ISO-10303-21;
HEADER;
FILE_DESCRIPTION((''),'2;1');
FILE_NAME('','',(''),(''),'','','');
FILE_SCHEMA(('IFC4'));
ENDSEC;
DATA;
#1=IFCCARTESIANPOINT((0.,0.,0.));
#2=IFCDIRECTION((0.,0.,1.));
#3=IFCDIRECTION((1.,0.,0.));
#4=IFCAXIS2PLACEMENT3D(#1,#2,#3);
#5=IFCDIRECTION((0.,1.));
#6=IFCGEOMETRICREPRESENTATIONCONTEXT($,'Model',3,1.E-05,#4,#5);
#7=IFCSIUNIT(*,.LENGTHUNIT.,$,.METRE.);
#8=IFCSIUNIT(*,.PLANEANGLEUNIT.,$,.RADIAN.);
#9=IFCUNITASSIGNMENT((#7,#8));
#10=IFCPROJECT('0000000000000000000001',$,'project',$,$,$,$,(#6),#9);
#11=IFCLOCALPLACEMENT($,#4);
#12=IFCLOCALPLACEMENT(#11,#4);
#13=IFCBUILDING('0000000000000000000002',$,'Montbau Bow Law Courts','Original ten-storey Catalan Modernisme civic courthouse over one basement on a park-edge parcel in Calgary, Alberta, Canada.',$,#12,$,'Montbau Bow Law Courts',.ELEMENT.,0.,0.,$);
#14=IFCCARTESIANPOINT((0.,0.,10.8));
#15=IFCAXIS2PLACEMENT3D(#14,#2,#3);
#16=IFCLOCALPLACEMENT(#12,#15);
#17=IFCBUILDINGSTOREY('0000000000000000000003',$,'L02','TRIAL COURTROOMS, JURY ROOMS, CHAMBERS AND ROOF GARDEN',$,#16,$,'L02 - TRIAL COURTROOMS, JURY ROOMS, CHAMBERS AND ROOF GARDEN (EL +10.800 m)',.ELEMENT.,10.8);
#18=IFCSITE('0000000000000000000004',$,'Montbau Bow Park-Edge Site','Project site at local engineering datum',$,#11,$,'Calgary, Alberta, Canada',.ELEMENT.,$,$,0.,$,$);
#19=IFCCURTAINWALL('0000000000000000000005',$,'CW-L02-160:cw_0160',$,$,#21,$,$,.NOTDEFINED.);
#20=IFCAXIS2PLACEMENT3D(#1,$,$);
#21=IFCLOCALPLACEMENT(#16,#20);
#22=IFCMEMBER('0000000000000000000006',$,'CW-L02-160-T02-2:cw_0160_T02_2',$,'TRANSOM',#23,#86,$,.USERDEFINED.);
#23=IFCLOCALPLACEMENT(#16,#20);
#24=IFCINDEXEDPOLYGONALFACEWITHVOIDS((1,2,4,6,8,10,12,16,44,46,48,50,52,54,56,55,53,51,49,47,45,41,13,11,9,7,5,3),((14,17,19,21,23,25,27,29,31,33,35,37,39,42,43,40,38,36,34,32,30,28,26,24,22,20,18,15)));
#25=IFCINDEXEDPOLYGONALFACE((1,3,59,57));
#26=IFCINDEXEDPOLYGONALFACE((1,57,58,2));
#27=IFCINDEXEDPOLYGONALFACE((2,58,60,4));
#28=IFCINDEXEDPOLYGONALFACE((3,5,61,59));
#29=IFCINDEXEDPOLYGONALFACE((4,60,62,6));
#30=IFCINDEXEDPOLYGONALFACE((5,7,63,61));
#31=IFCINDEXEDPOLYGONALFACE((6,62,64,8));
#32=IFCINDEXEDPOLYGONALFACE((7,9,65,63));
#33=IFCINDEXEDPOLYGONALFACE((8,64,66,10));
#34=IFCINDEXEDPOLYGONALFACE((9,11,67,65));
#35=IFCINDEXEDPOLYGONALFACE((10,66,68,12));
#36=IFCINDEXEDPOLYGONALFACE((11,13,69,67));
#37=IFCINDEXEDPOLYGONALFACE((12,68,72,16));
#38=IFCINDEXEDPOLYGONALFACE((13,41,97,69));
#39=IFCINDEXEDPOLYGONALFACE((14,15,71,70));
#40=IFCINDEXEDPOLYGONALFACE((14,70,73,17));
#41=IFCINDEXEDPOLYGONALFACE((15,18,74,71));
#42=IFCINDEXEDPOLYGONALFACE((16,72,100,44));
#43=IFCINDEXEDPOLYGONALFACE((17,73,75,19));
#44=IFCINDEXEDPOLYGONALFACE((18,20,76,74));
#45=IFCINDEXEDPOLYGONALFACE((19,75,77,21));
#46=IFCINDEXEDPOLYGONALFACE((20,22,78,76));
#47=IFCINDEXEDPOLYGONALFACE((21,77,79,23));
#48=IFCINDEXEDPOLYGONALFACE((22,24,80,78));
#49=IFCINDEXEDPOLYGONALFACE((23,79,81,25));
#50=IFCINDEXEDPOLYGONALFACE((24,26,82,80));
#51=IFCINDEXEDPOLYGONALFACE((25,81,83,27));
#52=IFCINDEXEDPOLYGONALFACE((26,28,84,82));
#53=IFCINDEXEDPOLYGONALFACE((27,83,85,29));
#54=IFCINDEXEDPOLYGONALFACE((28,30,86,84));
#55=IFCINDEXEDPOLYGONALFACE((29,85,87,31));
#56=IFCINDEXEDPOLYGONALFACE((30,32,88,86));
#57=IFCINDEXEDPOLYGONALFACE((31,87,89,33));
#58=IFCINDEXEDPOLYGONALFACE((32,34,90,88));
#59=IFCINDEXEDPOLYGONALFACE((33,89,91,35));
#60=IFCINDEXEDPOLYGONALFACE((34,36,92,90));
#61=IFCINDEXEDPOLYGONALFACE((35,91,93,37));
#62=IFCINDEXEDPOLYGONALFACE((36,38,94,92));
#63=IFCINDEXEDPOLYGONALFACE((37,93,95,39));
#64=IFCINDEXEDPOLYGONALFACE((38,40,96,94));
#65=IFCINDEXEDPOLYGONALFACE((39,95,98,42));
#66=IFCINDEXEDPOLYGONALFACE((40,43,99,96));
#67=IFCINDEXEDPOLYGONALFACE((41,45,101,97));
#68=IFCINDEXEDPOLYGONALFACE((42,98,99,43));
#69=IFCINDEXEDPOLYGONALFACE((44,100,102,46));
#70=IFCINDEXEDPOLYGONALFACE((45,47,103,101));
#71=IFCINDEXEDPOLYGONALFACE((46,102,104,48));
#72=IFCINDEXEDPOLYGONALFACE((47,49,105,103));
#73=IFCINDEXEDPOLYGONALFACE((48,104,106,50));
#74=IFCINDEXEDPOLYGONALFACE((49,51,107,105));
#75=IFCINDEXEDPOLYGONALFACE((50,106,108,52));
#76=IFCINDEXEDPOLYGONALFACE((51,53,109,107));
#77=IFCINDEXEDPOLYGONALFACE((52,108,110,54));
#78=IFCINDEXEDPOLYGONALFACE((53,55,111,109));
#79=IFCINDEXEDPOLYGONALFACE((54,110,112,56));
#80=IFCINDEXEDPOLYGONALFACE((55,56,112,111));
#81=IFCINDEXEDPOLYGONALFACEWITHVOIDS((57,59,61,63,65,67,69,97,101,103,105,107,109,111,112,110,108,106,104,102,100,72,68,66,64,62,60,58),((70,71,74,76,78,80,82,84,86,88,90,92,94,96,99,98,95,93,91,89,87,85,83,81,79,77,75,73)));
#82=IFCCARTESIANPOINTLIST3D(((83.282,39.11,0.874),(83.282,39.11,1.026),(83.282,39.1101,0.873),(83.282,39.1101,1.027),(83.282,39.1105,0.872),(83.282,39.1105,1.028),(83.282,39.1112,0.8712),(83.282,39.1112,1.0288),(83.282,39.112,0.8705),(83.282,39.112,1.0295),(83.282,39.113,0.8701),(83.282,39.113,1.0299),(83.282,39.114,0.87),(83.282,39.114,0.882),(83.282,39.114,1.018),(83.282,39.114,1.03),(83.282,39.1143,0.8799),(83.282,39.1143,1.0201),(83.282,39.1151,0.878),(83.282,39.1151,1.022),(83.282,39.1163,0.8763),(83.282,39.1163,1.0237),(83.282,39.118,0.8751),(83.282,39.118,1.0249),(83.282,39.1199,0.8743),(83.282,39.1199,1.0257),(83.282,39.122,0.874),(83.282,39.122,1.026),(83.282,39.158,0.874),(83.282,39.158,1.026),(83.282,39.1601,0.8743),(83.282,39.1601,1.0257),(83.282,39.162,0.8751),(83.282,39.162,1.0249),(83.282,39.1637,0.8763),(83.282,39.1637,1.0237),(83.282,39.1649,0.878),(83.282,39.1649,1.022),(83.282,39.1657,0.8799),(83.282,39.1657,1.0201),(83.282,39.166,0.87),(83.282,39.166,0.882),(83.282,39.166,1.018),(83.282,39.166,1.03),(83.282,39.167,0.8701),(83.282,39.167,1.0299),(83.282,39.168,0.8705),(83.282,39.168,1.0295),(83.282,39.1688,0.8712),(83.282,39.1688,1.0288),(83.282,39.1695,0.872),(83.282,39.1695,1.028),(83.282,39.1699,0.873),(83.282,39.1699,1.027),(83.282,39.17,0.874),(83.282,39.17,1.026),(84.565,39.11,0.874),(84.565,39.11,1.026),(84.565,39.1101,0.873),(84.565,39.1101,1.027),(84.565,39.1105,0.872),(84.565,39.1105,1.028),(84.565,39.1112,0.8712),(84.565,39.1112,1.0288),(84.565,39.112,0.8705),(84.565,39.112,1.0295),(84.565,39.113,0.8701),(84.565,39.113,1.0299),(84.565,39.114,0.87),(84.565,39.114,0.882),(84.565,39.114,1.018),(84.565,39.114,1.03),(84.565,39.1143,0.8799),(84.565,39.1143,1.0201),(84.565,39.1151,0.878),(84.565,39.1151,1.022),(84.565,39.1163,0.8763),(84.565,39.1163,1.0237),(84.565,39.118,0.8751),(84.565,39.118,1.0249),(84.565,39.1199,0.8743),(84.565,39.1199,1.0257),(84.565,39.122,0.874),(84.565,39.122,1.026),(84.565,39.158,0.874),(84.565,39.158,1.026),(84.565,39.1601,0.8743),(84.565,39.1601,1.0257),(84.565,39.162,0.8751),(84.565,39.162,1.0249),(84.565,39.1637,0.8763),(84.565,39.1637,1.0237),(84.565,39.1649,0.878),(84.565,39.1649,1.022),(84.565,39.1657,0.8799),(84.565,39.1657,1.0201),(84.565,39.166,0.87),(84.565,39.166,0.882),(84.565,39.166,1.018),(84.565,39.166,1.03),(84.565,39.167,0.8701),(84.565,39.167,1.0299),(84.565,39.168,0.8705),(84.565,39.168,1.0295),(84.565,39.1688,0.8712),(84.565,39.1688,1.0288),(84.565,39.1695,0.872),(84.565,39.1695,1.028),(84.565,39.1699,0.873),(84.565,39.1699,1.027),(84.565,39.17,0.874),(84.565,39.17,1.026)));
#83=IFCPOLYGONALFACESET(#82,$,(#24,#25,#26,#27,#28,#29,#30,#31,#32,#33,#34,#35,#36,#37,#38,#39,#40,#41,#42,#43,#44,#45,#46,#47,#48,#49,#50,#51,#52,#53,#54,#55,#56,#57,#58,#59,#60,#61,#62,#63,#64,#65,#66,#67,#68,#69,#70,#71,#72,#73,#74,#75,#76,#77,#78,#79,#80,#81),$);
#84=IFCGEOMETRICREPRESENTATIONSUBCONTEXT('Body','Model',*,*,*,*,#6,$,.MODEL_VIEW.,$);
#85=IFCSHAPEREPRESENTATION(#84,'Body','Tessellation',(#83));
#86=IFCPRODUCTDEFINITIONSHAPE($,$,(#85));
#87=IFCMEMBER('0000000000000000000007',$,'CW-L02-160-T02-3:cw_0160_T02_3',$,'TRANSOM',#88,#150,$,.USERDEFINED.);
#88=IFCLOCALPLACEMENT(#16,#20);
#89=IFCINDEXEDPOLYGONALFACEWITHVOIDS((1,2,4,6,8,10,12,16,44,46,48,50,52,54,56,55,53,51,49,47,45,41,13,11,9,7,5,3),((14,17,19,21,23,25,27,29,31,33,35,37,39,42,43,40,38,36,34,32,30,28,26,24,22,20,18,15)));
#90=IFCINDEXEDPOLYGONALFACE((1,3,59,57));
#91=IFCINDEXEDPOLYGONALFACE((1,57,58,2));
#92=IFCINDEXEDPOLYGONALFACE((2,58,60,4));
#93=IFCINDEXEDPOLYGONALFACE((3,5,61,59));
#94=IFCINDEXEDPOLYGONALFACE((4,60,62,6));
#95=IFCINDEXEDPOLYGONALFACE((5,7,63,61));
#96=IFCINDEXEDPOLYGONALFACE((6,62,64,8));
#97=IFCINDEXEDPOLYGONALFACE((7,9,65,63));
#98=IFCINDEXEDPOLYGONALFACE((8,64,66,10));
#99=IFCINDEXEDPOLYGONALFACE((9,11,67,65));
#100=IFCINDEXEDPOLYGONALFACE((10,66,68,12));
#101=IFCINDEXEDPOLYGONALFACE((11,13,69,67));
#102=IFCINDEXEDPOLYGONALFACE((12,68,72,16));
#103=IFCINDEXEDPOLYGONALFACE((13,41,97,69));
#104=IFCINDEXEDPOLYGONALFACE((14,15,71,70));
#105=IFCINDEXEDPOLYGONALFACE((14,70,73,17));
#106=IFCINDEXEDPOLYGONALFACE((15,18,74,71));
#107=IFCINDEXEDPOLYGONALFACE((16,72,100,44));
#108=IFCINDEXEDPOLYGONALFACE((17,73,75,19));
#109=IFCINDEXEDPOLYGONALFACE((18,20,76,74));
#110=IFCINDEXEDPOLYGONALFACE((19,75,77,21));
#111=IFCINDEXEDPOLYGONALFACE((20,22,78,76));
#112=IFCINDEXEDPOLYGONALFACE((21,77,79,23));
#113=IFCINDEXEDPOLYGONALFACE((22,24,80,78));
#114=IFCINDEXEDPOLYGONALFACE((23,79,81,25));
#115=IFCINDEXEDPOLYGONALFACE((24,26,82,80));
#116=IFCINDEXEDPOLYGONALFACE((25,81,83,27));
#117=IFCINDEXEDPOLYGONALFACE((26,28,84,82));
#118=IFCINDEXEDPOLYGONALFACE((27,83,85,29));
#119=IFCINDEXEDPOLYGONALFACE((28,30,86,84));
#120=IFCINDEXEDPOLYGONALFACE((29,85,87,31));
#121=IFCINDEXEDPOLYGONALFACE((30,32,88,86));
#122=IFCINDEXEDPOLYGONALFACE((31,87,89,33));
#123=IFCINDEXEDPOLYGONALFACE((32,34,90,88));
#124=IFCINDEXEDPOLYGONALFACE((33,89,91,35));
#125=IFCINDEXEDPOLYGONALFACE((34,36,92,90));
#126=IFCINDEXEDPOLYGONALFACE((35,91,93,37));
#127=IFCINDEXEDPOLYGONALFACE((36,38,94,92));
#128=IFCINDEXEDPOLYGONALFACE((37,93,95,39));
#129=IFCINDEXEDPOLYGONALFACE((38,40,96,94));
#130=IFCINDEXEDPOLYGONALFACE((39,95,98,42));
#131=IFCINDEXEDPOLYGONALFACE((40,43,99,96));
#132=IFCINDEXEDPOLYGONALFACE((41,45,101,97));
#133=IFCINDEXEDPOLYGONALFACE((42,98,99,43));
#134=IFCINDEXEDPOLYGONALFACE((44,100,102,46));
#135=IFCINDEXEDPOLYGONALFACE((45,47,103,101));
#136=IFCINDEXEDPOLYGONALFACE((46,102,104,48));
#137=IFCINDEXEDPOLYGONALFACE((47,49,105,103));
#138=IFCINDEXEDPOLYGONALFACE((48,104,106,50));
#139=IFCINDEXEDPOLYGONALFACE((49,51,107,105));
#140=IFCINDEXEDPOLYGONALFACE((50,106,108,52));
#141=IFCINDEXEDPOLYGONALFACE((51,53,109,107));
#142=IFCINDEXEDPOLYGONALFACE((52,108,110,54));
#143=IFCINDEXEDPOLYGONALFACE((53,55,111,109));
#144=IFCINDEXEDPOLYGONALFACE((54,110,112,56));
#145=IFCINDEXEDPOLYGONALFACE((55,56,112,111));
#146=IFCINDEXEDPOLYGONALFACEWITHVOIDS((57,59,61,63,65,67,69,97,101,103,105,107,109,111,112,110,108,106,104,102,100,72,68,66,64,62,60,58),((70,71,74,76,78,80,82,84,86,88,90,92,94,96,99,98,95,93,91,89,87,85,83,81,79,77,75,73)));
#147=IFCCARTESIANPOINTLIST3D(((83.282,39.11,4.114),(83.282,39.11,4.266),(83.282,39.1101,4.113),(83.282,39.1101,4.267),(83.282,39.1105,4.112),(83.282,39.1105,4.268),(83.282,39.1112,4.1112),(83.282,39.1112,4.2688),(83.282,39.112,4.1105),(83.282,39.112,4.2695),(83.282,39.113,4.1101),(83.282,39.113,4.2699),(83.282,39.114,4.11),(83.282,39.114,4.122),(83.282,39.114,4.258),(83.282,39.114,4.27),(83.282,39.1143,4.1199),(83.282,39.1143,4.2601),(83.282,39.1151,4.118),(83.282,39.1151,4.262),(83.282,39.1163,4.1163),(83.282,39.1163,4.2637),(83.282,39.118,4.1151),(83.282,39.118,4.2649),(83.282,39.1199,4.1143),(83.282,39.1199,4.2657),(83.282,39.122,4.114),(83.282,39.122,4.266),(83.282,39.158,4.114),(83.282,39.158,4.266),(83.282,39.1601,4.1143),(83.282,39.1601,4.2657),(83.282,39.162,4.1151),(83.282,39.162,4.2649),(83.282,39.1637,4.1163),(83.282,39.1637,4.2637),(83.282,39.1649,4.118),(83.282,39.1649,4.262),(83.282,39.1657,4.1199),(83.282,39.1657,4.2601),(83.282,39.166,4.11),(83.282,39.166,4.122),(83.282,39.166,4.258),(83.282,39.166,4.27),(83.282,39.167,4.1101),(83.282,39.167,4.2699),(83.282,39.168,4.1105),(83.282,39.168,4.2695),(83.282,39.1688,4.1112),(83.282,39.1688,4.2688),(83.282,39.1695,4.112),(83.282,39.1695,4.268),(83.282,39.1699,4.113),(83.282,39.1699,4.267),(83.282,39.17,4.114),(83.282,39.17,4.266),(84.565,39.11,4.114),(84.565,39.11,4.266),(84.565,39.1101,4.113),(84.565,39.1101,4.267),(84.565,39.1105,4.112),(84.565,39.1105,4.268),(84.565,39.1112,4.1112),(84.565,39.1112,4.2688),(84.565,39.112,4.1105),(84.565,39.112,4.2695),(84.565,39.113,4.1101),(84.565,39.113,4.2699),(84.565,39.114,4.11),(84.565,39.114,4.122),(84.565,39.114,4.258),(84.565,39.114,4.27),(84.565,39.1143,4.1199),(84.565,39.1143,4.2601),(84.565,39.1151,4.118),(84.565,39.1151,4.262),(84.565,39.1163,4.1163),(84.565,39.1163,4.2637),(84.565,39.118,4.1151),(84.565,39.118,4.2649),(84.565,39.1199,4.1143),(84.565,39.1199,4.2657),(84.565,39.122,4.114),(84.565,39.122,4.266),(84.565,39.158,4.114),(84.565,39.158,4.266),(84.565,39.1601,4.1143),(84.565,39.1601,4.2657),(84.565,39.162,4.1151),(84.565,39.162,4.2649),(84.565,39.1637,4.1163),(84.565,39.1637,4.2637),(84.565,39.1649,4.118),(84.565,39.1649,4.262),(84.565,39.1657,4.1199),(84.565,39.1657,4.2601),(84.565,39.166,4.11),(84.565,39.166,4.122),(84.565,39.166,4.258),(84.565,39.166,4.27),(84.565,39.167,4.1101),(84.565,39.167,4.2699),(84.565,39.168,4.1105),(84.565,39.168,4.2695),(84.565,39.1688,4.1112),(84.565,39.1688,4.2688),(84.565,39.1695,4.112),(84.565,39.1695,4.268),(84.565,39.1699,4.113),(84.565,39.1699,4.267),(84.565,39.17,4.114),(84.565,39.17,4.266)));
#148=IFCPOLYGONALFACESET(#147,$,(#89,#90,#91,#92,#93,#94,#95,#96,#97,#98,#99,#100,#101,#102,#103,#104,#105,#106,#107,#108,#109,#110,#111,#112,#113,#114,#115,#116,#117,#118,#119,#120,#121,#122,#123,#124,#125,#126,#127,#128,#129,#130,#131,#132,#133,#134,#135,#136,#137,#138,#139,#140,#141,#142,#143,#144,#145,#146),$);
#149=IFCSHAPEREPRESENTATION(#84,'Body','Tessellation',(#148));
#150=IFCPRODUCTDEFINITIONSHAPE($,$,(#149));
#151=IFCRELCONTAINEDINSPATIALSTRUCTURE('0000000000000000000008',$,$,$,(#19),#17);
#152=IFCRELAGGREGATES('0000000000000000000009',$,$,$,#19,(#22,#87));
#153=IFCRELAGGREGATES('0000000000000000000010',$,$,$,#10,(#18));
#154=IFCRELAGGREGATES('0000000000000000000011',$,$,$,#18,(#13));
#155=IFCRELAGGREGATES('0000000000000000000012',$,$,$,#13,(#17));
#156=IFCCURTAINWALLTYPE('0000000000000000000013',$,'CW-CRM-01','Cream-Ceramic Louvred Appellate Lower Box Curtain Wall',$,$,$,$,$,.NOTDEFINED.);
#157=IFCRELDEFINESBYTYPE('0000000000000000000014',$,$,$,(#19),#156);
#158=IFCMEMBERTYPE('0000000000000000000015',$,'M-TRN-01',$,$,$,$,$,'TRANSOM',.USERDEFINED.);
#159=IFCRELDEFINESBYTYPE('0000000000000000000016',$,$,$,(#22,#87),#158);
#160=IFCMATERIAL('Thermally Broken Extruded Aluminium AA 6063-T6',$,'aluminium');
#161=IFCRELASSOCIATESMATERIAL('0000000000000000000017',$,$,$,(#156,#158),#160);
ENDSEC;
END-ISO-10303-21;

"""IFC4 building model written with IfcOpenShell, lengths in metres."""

from ifc_helpers import new_model, si_unit, direction, frame, origin_with_axes, origin_2d_with_axis, place, context, subcontext, project, spatial, hollow_rectangle, extrude, material, material_profile, profile_set, type_object, element, aggregate, save


model = new_model("IFC4")

# Units and contexts
model_context = context("Model", 3, precision=1e-05, world=origin_with_axes(), true_north=direction((0.0, 1.0)))
body_context = subcontext(model_context, "Body", "Model", "MODEL_VIEW")
ifc_project = project(units=[si_unit("LENGTHUNIT", "METRE"), si_unit("PLANEANGLEUNIT", "RADIAN")], contexts=[model_context])

# Site, building, storey
site_placement = place(None, origin_with_axes())
site = spatial("IfcSite", under=ifc_project, at=site_placement, Name="Montbau Bow Park-Edge Site", Description="Project site at local engineering datum", LongName="Calgary, Alberta, Canada", CompositionType="ELEMENT", RefElevation=0.0)
building_placement = place(site_placement, origin_with_axes())
building = spatial("IfcBuilding", under=site, at=building_placement, Name="Montbau Bow Law Courts", Description="Original ten-storey Catalan Modernisme civic courthouse over one basement on a park-edge parcel in Calgary, Alberta, Canada.", LongName="Montbau Bow Law Courts", CompositionType="ELEMENT", ElevationOfRefHeight=0.0, ElevationOfTerrain=0.0)
storey_placement = place(building_placement, frame((0.0, 0.0, 10.8), z_axis=(0.0, 0.0, 1.0), x_axis=(1.0, 0.0, 0.0)))
storey = spatial("IfcBuildingStorey", under=building, at=storey_placement, Name="L02", Description="TRIAL COURTROOMS, JURY ROOMS, CHAMBERS AND ROOF GARDEN", LongName="L02 - TRIAL COURTROOMS, JURY ROOMS, CHAMBERS AND ROOF GARDEN (EL +10.800 m)", CompositionType="ELEMENT", Elevation=10.8)

# Shared definitions
ifc_material_1 = material(Name="Thermally Broken Extruded Aluminium AA 6063-T6", Category="aluminium")
curtain_wall_type = type_object("IfcCurtainWallType", Name="CW-CRM-01", Description="Cream-Ceramic Louvred Appellate Lower Box Curtain Wall", PredefinedType="NOTDEFINED", material=ifc_material_1)

# Curtain wall, members
curtain_wall_1_placement = place(None, frame((81.897, 39.14, 10.8), z_axis=(0.0, 0.0, 1.0), x_axis=(1.0, 0.0, 0.0)))
curtain_wall_1 = element("IfcCurtainWall", 1, at=curtain_wall_1_placement, inside=storey, type_object=curtain_wall_type, Name="CW-L02-160:cw_0160", PredefinedType="NOTDEFINED")
ifc_material_profile_1 = material_profile(ifc_material_1, hollow_rectangle(XDim=0.06, YDim=0.16, WallThickness=0.004, InnerFilletRadius=0.008, OuterFilletRadius=0.004, at=origin_2d_with_axis()), Name="CWT-160X60", Category="Main", Priority=0)
ifc_profile_set_1 = profile_set([ifc_material_profile_1], Name="Thermally Broken Extruded Aluminium AA 6063-T6")
member_type_1 = type_object("IfcMemberType", Name="M-TRN-01", ElementType="TRANSOM", PredefinedType="USERDEFINED", material=ifc_profile_set_1)
member_1_placement = place(None, frame((83.282, 39.14, 11.75), z_axis=(1.0, 0.0, 0.0), x_axis=(0.0, 1.0, 0.0)))
member_1 = element("IfcMember", 2, at=member_1_placement, type_object=member_type_1, Name="CW-L02-160-T02-2:cw_0160_T02_2", ObjectType="TRANSOM", PredefinedType="USERDEFINED", context=body_context, shape_type="SweptSolid", body=[
    extrude(hollow_rectangle(XDim=0.06, YDim=0.16, WallThickness=0.004, InnerFilletRadius=0.008, OuterFilletRadius=0.004, at=origin_2d_with_axis()), origin_with_axes(), (0.0, 0.0, 1.0), 1.283),
])
member_2_placement = place(None, frame((83.282, 39.14, 14.99), z_axis=(1.0, 0.0, 0.0), x_axis=(0.0, 1.0, 0.0)))
member_2 = element("IfcMember", 3, at=member_2_placement, type_object=member_type_1, Name="CW-L02-160-T02-3:cw_0160_T02_3", ObjectType="TRANSOM", PredefinedType="USERDEFINED", context=body_context, shape_type="SweptSolid", body=[
    extrude(hollow_rectangle(XDim=0.06, YDim=0.16, WallThickness=0.004, InnerFilletRadius=0.008, OuterFilletRadius=0.004, at=origin_2d_with_axis()), origin_with_axes(), (0.0, 0.0, 1.0), 1.283),
])

aggregate(curtain_wall_1, [member_1, member_2])

save(model, "model.ifc")
